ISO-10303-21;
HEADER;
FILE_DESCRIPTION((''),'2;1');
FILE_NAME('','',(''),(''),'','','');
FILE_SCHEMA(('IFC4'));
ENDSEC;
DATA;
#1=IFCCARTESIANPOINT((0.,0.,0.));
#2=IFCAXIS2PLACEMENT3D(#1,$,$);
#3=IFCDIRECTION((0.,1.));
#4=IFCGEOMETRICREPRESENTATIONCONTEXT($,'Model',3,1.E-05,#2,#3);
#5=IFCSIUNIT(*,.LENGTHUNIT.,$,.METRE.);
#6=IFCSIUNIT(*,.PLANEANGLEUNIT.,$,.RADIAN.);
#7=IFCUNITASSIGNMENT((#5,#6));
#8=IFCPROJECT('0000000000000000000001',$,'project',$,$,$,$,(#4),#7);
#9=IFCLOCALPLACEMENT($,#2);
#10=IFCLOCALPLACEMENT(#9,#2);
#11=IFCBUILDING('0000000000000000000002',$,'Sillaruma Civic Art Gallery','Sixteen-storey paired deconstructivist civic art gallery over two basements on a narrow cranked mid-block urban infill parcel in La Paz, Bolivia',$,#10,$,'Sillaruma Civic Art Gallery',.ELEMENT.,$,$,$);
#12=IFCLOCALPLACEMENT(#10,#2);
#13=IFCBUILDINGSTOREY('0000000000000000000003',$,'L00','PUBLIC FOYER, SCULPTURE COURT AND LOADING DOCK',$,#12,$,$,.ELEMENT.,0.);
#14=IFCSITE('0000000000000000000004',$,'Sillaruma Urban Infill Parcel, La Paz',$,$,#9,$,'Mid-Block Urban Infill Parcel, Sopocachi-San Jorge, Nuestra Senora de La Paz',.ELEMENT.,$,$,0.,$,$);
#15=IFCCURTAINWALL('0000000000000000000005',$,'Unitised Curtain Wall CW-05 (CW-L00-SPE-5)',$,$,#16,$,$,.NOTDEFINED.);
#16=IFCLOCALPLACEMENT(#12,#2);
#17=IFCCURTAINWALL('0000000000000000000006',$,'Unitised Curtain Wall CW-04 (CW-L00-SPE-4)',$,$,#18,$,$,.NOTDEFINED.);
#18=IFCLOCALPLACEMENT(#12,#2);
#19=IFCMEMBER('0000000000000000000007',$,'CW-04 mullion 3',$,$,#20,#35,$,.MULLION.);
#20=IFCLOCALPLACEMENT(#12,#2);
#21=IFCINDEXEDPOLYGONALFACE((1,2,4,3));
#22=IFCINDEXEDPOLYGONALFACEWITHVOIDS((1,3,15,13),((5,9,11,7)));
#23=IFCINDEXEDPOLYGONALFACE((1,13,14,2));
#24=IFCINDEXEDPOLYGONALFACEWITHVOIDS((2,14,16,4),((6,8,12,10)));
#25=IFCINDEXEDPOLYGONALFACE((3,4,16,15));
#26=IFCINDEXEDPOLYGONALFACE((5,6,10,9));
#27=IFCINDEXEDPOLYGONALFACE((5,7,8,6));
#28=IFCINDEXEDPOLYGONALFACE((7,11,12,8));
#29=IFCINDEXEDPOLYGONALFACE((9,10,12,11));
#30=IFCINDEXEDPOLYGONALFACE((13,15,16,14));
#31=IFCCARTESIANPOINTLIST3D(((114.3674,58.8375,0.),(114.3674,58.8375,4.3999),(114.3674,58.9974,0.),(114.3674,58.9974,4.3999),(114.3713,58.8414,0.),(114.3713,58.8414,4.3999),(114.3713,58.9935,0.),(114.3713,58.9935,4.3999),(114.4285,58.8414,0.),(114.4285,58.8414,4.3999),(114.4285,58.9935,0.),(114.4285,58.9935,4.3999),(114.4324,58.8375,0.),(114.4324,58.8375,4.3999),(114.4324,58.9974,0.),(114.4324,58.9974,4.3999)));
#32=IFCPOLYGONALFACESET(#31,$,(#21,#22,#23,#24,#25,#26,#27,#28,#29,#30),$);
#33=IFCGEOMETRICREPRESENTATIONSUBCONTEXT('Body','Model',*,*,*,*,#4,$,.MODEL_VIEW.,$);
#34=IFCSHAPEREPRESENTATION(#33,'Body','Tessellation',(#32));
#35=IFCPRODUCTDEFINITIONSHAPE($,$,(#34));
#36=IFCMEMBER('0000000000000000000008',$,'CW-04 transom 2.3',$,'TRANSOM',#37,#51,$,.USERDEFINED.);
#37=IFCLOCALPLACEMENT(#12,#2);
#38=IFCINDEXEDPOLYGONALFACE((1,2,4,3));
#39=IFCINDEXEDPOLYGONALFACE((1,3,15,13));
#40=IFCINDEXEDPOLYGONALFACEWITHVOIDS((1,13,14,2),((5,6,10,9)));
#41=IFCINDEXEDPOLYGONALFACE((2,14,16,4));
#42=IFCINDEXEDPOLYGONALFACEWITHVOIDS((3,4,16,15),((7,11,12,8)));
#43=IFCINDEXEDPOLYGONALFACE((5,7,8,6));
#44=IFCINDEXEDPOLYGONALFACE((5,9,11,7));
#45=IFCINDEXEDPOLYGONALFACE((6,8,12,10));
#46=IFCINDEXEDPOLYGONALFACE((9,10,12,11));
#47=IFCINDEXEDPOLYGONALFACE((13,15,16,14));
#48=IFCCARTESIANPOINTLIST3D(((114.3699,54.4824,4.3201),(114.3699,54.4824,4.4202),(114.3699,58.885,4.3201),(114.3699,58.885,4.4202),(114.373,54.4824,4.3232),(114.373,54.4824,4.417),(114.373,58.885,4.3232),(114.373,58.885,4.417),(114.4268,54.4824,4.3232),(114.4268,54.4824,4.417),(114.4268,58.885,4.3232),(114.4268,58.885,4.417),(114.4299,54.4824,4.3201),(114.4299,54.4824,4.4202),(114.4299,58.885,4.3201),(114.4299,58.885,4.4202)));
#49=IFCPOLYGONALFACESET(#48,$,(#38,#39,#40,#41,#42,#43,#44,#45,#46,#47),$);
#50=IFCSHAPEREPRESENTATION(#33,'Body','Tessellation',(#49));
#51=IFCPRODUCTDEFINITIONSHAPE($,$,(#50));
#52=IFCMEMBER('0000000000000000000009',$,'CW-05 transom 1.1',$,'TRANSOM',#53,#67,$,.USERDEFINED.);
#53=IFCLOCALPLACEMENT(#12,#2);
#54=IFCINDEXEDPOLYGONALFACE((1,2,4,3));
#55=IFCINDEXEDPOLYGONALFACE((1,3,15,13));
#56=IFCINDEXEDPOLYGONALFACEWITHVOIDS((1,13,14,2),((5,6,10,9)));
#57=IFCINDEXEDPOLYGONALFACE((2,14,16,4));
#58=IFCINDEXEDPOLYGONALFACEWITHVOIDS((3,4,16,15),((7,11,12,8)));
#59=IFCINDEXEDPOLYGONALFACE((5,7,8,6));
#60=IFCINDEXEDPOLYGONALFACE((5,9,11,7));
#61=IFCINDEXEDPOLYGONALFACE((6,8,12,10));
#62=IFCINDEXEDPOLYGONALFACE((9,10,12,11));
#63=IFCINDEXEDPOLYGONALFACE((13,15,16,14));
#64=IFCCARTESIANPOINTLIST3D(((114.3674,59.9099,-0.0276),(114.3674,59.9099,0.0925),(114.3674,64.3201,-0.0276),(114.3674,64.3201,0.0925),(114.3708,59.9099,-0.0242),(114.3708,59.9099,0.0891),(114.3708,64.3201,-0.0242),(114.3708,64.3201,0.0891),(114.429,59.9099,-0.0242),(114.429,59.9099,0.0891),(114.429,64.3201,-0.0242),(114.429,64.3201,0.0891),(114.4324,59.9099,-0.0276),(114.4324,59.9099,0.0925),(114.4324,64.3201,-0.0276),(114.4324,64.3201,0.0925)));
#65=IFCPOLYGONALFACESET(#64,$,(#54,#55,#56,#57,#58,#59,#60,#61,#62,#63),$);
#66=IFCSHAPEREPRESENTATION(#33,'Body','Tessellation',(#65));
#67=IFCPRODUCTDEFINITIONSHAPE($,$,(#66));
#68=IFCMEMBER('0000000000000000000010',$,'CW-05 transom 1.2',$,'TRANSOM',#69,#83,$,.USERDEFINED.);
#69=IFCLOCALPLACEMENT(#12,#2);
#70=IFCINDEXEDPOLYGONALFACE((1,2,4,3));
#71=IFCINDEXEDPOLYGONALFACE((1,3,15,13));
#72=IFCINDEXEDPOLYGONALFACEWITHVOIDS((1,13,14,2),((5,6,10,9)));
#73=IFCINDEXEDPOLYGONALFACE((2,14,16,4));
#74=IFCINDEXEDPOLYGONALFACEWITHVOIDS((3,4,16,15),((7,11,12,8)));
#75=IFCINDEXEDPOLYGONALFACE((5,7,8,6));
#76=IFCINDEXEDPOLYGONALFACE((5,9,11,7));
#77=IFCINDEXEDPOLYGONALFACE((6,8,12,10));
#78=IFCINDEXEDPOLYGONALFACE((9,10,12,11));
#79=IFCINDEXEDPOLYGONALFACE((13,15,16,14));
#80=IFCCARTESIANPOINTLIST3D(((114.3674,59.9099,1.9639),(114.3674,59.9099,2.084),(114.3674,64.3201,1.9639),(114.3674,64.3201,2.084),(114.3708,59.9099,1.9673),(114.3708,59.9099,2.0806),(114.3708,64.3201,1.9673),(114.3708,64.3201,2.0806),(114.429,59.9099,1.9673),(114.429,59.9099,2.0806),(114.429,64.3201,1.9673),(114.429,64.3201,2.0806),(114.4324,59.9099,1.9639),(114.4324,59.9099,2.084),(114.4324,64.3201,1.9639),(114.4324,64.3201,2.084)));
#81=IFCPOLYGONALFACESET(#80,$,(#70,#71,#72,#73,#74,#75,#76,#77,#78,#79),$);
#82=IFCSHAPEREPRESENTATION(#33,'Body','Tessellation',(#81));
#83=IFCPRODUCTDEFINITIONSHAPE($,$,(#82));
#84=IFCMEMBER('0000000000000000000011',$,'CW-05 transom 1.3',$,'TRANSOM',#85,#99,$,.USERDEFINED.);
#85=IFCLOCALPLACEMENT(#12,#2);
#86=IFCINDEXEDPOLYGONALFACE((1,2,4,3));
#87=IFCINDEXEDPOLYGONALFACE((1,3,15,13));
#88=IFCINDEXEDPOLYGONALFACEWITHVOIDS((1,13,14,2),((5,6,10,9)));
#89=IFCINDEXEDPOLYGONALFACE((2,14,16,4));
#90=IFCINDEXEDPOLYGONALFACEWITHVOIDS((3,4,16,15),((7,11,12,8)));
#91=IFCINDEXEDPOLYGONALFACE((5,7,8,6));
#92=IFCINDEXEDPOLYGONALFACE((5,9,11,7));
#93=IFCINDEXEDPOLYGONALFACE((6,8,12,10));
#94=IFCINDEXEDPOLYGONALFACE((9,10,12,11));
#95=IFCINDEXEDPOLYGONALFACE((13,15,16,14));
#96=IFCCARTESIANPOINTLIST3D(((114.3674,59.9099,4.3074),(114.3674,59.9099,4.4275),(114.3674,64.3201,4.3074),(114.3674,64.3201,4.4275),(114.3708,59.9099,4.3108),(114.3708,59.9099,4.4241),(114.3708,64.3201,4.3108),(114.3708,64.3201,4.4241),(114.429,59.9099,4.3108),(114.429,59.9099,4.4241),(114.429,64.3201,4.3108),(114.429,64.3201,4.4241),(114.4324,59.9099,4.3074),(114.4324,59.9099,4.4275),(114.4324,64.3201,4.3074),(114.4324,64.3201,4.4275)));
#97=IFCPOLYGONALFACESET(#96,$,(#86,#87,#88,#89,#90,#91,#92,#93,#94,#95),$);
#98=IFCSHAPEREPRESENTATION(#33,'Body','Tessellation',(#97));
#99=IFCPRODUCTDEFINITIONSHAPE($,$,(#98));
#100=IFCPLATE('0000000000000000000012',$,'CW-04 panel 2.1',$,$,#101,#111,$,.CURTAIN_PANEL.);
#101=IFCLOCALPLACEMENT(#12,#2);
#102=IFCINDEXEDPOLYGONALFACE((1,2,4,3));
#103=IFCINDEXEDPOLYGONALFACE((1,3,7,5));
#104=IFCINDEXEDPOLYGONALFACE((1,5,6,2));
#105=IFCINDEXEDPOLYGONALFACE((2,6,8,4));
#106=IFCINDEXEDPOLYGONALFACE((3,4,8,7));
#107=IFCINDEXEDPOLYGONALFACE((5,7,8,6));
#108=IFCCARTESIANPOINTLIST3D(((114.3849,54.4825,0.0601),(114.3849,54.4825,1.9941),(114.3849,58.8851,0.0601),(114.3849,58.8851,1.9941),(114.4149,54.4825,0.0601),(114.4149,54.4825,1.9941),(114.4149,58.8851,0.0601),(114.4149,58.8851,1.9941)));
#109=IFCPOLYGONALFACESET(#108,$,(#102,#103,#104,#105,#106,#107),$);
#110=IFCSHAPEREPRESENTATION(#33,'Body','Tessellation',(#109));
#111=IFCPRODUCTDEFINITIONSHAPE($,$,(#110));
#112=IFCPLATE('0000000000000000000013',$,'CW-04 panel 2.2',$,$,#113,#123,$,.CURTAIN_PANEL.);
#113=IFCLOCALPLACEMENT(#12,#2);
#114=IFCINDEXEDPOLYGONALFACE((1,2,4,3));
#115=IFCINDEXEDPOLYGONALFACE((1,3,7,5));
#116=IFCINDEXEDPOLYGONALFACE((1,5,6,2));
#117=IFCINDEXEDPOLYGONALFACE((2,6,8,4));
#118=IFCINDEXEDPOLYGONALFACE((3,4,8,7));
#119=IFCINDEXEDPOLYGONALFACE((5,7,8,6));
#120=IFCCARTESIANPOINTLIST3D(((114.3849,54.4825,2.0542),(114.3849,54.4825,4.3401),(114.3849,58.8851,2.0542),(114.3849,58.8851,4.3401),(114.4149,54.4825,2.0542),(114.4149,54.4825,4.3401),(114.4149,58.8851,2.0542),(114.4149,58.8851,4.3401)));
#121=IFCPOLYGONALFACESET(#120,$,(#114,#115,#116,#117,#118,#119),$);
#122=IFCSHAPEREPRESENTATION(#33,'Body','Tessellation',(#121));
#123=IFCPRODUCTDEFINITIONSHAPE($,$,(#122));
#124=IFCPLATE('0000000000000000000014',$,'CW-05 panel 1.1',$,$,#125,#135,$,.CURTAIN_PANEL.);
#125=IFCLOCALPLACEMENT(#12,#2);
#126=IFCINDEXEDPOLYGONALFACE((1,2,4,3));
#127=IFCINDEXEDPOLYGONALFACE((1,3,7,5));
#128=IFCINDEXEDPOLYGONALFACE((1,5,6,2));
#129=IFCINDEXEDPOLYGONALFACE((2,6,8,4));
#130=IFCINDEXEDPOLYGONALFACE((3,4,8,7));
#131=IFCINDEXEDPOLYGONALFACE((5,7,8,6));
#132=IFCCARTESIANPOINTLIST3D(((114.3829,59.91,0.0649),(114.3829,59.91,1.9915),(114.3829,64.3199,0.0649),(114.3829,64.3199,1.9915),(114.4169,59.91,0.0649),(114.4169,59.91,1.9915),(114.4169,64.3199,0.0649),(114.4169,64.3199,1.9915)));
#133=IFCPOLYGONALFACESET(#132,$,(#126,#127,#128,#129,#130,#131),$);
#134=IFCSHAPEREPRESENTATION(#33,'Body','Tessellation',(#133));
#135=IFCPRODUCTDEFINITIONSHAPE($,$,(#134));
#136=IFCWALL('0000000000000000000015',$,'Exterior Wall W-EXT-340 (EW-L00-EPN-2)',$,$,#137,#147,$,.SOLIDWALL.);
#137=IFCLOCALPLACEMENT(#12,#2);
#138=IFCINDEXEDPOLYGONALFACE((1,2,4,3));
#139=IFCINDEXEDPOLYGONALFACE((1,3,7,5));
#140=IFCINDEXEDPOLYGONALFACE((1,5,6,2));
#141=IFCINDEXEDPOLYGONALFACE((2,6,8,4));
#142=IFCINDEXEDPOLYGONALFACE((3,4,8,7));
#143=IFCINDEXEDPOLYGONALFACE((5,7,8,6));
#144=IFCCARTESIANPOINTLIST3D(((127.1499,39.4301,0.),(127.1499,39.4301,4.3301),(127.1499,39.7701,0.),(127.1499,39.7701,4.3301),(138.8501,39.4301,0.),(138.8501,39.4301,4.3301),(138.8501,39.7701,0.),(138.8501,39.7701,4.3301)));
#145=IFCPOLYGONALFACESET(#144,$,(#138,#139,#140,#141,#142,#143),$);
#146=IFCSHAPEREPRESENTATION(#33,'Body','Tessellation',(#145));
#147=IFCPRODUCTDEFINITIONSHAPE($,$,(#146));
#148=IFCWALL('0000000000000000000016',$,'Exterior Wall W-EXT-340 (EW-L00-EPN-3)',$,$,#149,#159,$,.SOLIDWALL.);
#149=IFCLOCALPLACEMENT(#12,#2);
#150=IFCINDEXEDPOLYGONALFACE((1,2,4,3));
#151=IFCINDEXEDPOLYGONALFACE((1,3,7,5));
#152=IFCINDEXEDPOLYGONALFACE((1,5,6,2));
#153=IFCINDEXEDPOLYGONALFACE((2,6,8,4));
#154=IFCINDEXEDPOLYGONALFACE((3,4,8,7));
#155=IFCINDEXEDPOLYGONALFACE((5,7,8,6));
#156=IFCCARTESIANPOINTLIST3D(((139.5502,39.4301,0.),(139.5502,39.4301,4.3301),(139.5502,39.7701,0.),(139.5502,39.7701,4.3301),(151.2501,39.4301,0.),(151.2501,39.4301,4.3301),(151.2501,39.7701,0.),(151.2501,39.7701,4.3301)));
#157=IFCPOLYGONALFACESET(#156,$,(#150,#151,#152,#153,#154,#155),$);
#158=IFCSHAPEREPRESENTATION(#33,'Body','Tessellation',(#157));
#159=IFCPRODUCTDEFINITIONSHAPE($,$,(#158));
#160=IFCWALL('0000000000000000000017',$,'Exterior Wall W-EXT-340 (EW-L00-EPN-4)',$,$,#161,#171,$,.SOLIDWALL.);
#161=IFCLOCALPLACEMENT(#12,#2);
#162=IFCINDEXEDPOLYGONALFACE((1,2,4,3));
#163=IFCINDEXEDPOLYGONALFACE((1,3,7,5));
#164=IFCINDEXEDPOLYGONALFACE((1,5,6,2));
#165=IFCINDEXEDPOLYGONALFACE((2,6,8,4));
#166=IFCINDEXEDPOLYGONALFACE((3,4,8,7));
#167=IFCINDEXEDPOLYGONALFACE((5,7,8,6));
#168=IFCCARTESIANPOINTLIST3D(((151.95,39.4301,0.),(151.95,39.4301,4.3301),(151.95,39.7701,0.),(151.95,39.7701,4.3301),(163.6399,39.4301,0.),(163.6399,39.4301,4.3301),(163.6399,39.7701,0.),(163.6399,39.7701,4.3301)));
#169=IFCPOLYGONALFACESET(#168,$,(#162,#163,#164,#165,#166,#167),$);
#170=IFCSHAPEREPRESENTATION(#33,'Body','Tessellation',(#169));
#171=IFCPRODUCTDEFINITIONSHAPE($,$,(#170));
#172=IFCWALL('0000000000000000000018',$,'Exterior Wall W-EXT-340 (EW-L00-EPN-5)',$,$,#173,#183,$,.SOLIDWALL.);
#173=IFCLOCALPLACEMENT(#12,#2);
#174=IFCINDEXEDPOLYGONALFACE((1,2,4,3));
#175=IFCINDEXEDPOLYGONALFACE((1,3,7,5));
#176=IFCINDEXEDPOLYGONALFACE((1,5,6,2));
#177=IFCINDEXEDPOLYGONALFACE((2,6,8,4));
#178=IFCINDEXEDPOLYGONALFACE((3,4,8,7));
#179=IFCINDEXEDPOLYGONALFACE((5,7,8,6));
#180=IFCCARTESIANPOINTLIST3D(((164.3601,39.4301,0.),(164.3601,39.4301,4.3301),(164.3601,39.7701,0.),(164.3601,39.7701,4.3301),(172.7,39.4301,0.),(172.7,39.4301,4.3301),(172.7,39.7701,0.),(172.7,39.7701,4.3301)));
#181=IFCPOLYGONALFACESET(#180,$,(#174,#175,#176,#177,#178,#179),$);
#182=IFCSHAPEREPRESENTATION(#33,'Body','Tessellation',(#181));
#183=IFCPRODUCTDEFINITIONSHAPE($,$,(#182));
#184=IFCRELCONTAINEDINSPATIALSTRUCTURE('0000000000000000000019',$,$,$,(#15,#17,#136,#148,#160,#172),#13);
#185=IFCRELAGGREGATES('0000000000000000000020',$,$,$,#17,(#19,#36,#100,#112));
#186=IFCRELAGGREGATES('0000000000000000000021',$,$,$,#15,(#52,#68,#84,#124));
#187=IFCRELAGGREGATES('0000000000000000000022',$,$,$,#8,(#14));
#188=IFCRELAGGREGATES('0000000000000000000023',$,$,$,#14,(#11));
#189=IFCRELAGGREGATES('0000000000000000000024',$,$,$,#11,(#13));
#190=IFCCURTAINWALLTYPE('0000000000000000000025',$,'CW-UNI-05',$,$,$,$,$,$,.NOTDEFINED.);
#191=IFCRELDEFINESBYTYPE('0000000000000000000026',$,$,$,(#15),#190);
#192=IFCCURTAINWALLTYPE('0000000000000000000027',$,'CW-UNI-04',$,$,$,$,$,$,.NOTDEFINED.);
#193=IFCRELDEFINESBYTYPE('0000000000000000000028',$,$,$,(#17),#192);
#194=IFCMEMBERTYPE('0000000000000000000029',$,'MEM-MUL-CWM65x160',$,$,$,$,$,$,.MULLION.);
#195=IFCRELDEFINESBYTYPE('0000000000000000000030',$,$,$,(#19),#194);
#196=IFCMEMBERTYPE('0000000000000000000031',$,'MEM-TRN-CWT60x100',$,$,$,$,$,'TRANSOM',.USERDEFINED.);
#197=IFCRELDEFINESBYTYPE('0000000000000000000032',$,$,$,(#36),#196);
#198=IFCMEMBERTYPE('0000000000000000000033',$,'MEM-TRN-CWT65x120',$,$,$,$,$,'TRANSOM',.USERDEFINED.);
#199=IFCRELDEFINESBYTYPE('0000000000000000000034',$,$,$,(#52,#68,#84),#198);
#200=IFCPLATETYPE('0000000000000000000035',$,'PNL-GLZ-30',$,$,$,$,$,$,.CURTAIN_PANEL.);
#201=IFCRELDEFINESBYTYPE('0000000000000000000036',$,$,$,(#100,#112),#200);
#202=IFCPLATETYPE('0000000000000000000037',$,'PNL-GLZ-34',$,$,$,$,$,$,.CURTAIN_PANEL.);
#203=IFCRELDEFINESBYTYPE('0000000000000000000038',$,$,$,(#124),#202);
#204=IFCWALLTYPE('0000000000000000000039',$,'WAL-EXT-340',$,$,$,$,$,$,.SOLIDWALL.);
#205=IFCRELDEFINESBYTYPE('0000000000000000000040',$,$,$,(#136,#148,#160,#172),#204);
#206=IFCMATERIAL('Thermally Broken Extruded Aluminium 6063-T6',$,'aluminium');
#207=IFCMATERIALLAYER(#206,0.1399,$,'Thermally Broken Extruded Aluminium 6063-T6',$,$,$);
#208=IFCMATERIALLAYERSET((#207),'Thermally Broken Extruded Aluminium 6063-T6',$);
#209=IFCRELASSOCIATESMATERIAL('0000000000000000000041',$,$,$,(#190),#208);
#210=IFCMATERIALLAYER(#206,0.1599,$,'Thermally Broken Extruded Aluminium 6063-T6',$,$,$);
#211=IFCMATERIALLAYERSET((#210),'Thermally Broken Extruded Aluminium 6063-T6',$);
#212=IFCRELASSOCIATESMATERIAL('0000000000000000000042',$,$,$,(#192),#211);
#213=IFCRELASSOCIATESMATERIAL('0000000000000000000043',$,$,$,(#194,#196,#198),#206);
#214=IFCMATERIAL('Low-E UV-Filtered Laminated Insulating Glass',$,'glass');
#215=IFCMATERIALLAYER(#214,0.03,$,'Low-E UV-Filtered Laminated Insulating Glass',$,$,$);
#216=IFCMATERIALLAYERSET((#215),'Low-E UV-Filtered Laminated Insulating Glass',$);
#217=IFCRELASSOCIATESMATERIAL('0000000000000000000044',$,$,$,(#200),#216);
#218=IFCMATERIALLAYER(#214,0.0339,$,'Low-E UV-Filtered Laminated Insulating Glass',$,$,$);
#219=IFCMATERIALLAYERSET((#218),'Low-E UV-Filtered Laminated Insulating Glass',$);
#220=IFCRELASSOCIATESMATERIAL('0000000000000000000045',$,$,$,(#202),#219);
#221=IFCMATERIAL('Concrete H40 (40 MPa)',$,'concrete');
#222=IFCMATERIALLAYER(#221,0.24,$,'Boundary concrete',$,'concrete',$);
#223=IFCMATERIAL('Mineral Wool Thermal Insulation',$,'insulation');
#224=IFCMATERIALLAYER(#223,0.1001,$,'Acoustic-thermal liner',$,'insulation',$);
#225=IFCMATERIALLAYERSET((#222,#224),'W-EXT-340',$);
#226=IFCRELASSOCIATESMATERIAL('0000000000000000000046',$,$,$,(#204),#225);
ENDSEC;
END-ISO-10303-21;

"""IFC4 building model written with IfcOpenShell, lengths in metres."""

from ifc_helpers import new_model, si_unit, direction, frame, frame_2d, origin, origin_2d, place, context, subcontext, project, spatial, rectangle, hollow_rectangle, extrude, material, layer, layer_set, material_profile, profile_set, type_object, element, aggregate, save


model = new_model("IFC4")

# Units and contexts
model_context = context("Model", 3, precision=1e-05, world=origin(), true_north=direction((0.0, 1.0)))
body_context = subcontext(model_context, "Body", "Model", "MODEL_VIEW")
ifc_project = project(units=[si_unit("LENGTHUNIT", "METRE"), si_unit("PLANEANGLEUNIT", "RADIAN")], contexts=[model_context])

# Site, building, storey
site_placement = place(None, origin())
site = spatial("IfcSite", under=ifc_project, at=site_placement, Name="Sillaruma Urban Infill Parcel, La Paz", LongName="Mid-Block Urban Infill Parcel, Sopocachi-San Jorge, Nuestra Senora de La Paz", CompositionType="ELEMENT", RefElevation=0.0)
building_placement = place(site_placement, origin())
building = spatial("IfcBuilding", under=site, at=building_placement, Name="Sillaruma Civic Art Gallery", Description="Sixteen-storey paired deconstructivist civic art gallery over two basements on a narrow cranked mid-block urban infill parcel in La Paz, Bolivia", LongName="Sillaruma Civic Art Gallery", CompositionType="ELEMENT")
storey_placement = place(building_placement, origin())
storey = spatial("IfcBuildingStorey", under=building, at=storey_placement, Name="L00", Description="PUBLIC FOYER, SCULPTURE COURT AND LOADING DOCK", CompositionType="ELEMENT", Elevation=0.0)

# Shared definitions
ifc_material_1 = material(Name="Concrete H40 (40 MPa)", Category="concrete")

# Curtain wall
ifc_material_2 = material(Name="Thermally Broken Extruded Aluminium 6063-T6", Category="aluminium")
ifc_layer_1 = layer(ifc_material_2, 0.1399, Name="Thermally Broken Extruded Aluminium 6063-T6")
ifc_layer_set_1 = layer_set([ifc_layer_1], Name="Thermally Broken Extruded Aluminium 6063-T6")
curtain_wall_type_1 = type_object("IfcCurtainWallType", Name="CW-UNI-05", PredefinedType="NOTDEFINED", material=ifc_layer_set_1)
curtain_wall_1_placement = place(storey_placement, origin())
curtain_wall_1 = element("IfcCurtainWall", 1, at=curtain_wall_1_placement, inside=storey, type_object=curtain_wall_type_1, Name="Unitised Curtain Wall CW-05 (CW-L00-SPE-5)", PredefinedType="NOTDEFINED")

# Curtain wall, members
ifc_layer_2 = layer(ifc_material_2, 0.1599, Name="Thermally Broken Extruded Aluminium 6063-T6")
ifc_layer_set_2 = layer_set([ifc_layer_2], Name="Thermally Broken Extruded Aluminium 6063-T6")
curtain_wall_type_2 = type_object("IfcCurtainWallType", Name="CW-UNI-04", PredefinedType="NOTDEFINED", material=ifc_layer_set_2)
curtain_wall_2_placement = place(storey_placement, origin())
curtain_wall_2 = element("IfcCurtainWall", 2, at=curtain_wall_2_placement, inside=storey, type_object=curtain_wall_type_2, Name="Unitised Curtain Wall CW-04 (CW-L00-SPE-4)", PredefinedType="NOTDEFINED")
ifc_material_profile_1 = material_profile(ifc_material_2, hollow_rectangle(XDim=0.0649, YDim=0.1599, WallThickness=0.0039, at=origin_2d()), Name="CWM65x160")
ifc_profile_set_1 = profile_set([ifc_material_profile_1], Name="Thermally Broken Extruded Aluminium 6063-T6")
member_type_1 = type_object("IfcMemberType", Name="MEM-MUL-CWM65x160", PredefinedType="MULLION", material=ifc_profile_set_1)
member_1_placement = place(storey_placement, frame((114.3999, 58.9175, 0.0), z_axis=(0.0, 0.0, 1.0), x_axis=(-1.0, 0.0, 0.0)))
member_1 = element("IfcMember", 3, at=member_1_placement, type_object=member_type_1, Name="CW-04 mullion 3", PredefinedType="MULLION", context=body_context, shape_type="SweptSolid", body=[
    extrude(hollow_rectangle(XDim=0.0649, YDim=0.1599, WallThickness=0.0039, at=origin_2d()), origin(), (0.0, 0.0, 1.0), 4.3999),
])
ifc_material_profile_2 = material_profile(ifc_material_2, hollow_rectangle(XDim=0.0601, YDim=0.1001, WallThickness=0.0032, at=origin_2d()), Name="CWT60x100")
ifc_profile_set_2 = profile_set([ifc_material_profile_2], Name="Thermally Broken Extruded Aluminium 6063-T6")
member_type_2 = type_object("IfcMemberType", Name="MEM-TRN-CWT60x100", ElementType="TRANSOM", PredefinedType="USERDEFINED", material=ifc_profile_set_2)
member_2_placement = place(storey_placement, frame((114.3999, 54.4824, 4.3701), z_axis=(0.0, 1.0, 0.0), x_axis=(-1.0, 0.0, 0.0)))
member_2 = element("IfcMember", 4, at=member_2_placement, type_object=member_type_2, Name="CW-04 transom 2.3", ObjectType="TRANSOM", PredefinedType="USERDEFINED", context=body_context, shape_type="SweptSolid", body=[
    extrude(hollow_rectangle(XDim=0.0601, YDim=0.1001, WallThickness=0.0032, at=origin_2d()), origin(), (0.0, 0.0, 1.0), 4.4026),
])

# Members
ifc_material_profile_3 = material_profile(ifc_material_2, hollow_rectangle(XDim=0.0649, YDim=0.1201, WallThickness=0.0034, at=origin_2d()), Name="CWT65x120")
ifc_profile_set_3 = profile_set([ifc_material_profile_3], Name="Thermally Broken Extruded Aluminium 6063-T6")
member_type_3 = type_object("IfcMemberType", Name="MEM-TRN-CWT65x120", ElementType="TRANSOM", PredefinedType="USERDEFINED", material=ifc_profile_set_3)
member_3_placement = place(storey_placement, frame((114.3999, 59.9099, 0.0325), z_axis=(0.0, 1.0, 0.0), x_axis=(-1.0, 0.0, 0.0)))
member_3 = element("IfcMember", 5, at=member_3_placement, type_object=member_type_3, Name="CW-05 transom 1.1", ObjectType="TRANSOM", PredefinedType="USERDEFINED", context=body_context, shape_type="SweptSolid", body=[
    extrude(hollow_rectangle(XDim=0.0649, YDim=0.1201, WallThickness=0.0034, at=origin_2d()), origin(), (0.0, 0.0, 1.0), 4.4102),
])
member_4_placement = place(storey_placement, frame((114.3999, 59.9099, 2.0239), z_axis=(0.0, 1.0, 0.0), x_axis=(-1.0, 0.0, 0.0)))
member_4 = element("IfcMember", 6, at=member_4_placement, type_object=member_type_3, Name="CW-05 transom 1.2", ObjectType="TRANSOM", PredefinedType="USERDEFINED", context=body_context, shape_type="SweptSolid", body=[
    extrude(hollow_rectangle(XDim=0.0649, YDim=0.1201, WallThickness=0.0034, at=origin_2d()), origin(), (0.0, 0.0, 1.0), 4.4102),
])
member_5_placement = place(storey_placement, frame((114.3999, 59.9099, 4.3674), z_axis=(0.0, 1.0, 0.0), x_axis=(-1.0, 0.0, 0.0)))
member_5 = element("IfcMember", 7, at=member_5_placement, type_object=member_type_3, Name="CW-05 transom 1.3", ObjectType="TRANSOM", PredefinedType="USERDEFINED", context=body_context, shape_type="SweptSolid", body=[
    extrude(hollow_rectangle(XDim=0.0649, YDim=0.1201, WallThickness=0.0034, at=origin_2d()), origin(), (0.0, 0.0, 1.0), 4.4102),
])

# Plates
ifc_material_3 = material(Name="Low-E UV-Filtered Laminated Insulating Glass", Category="glass")
ifc_layer_3 = layer(ifc_material_3, 0.03, Name="Low-E UV-Filtered Laminated Insulating Glass")
ifc_layer_set_3 = layer_set([ifc_layer_3], Name="Low-E UV-Filtered Laminated Insulating Glass")
plate_type_1 = type_object("IfcPlateType", Name="PNL-GLZ-30", PredefinedType="CURTAIN_PANEL", material=ifc_layer_set_3)
plate_1_placement = place(storey_placement, frame((114.3999, 56.6838, 0.0601), z_axis=(0.0, 0.0, 1.0), x_axis=(0.0, 1.0, 0.0)))
plate_1 = element("IfcPlate", 8, at=plate_1_placement, type_object=plate_type_1, Name="CW-04 panel 2.1", PredefinedType="CURTAIN_PANEL", context=body_context, shape_type="SweptSolid", body=[
    extrude(rectangle(XDim=4.4026, YDim=0.03, at=origin_2d()), origin(), (0.0, 0.0, 1.0), 1.9341),
])
plate_2_placement = place(storey_placement, frame((114.3999, 56.6838, 2.0542), z_axis=(0.0, 0.0, 1.0), x_axis=(0.0, 1.0, 0.0)))
plate_2 = element("IfcPlate", 9, at=plate_2_placement, type_object=plate_type_1, Name="CW-04 panel 2.2", PredefinedType="CURTAIN_PANEL", context=body_context, shape_type="SweptSolid", body=[
    extrude(rectangle(XDim=4.4026, YDim=0.03, at=origin_2d()), origin(), (0.0, 0.0, 1.0), 2.2859),
])
aggregate(curtain_wall_2, [member_1, member_2, plate_1, plate_2])
ifc_layer_4 = layer(ifc_material_3, 0.0339, Name="Low-E UV-Filtered Laminated Insulating Glass")
ifc_layer_set_4 = layer_set([ifc_layer_4], Name="Low-E UV-Filtered Laminated Insulating Glass")
plate_type_2 = type_object("IfcPlateType", Name="PNL-GLZ-34", PredefinedType="CURTAIN_PANEL", material=ifc_layer_set_4)
plate_3_placement = place(storey_placement, frame((114.3999, 62.115, 0.0649), z_axis=(0.0, 0.0, 1.0), x_axis=(0.0, 1.0, 0.0)))
plate_3 = element("IfcPlate", 10, at=plate_3_placement, type_object=plate_type_2, Name="CW-05 panel 1.1", PredefinedType="CURTAIN_PANEL", context=body_context, shape_type="SweptSolid", body=[
    extrude(rectangle(XDim=4.4099, YDim=0.0339, at=origin_2d()), origin(), (0.0, 0.0, 1.0), 1.9265),
])
aggregate(curtain_wall_1, [member_3, member_4, member_5, plate_3])

# Walls
ifc_layer_5 = layer(ifc_material_1, 0.24, Name="Boundary concrete", Category="concrete")
ifc_material_4 = material(Name="Mineral Wool Thermal Insulation", Category="insulation")
ifc_layer_6 = layer(ifc_material_4, 0.1001, Name="Acoustic-thermal liner", Category="insulation")
ifc_layer_set_5 = layer_set([ifc_layer_5, ifc_layer_6], Name="W-EXT-340")
wall_type = type_object("IfcWallType", Name="WAL-EXT-340", PredefinedType="SOLIDWALL", material=ifc_layer_set_5)
wall_1_placement = place(storey_placement, frame((127.1499, 39.6001, 0.0), z_axis=(0.0, 0.0, 1.0), x_axis=(1.0, 0.0, 0.0)))
element("IfcWall", 11, at=wall_1_placement, inside=storey, type_object=wall_type, Name="Exterior Wall W-EXT-340 (EW-L00-EPN-2)", PredefinedType="SOLIDWALL", context=body_context, shape_type="SweptSolid", body=[
    extrude(rectangle(XDim=11.7002, YDim=0.3401, at=frame_2d((5.8501, 0.0))), origin(), (0.0, 0.0, 1.0), 4.3301),
])
wall_2_placement = place(storey_placement, frame((139.55, 39.6001, 0.0), z_axis=(0.0, 0.0, 1.0), x_axis=(1.0, 0.0, 0.0)))
element("IfcWall", 12, at=wall_2_placement, inside=storey, type_object=wall_type, Name="Exterior Wall W-EXT-340 (EW-L00-EPN-3)", PredefinedType="SOLIDWALL", context=body_context, shape_type="SweptSolid", body=[
    extrude(rectangle(XDim=11.7, YDim=0.3401, at=frame_2d((5.8501, 0.0))), origin(), (0.0, 0.0, 1.0), 4.3301),
])
wall_3_placement = place(storey_placement, frame((151.95, 39.6001, 0.0), z_axis=(0.0, 0.0, 1.0), x_axis=(1.0, 0.0, 0.0)))
element("IfcWall", 13, at=wall_3_placement, inside=storey, type_object=wall_type, Name="Exterior Wall W-EXT-340 (EW-L00-EPN-4)", PredefinedType="SOLIDWALL", context=body_context, shape_type="SweptSolid", body=[
    extrude(rectangle(XDim=11.6899, YDim=0.3401, at=frame_2d((5.845, 0.0))), origin(), (0.0, 0.0, 1.0), 4.3301),
])
wall_4_placement = place(storey_placement, frame((164.3601, 39.6001, 0.0), z_axis=(0.0, 0.0, 1.0), x_axis=(1.0, 0.0, 0.0)))
element("IfcWall", 14, at=wall_4_placement, inside=storey, type_object=wall_type, Name="Exterior Wall W-EXT-340 (EW-L00-EPN-5)", PredefinedType="SOLIDWALL", context=body_context, shape_type="SweptSolid", body=[
    extrude(rectangle(XDim=8.3398, YDim=0.3401, at=frame_2d((4.1699, 0.0))), origin(), (0.0, 0.0, 1.0), 4.3301),
])

save(model, "model.ifc")
